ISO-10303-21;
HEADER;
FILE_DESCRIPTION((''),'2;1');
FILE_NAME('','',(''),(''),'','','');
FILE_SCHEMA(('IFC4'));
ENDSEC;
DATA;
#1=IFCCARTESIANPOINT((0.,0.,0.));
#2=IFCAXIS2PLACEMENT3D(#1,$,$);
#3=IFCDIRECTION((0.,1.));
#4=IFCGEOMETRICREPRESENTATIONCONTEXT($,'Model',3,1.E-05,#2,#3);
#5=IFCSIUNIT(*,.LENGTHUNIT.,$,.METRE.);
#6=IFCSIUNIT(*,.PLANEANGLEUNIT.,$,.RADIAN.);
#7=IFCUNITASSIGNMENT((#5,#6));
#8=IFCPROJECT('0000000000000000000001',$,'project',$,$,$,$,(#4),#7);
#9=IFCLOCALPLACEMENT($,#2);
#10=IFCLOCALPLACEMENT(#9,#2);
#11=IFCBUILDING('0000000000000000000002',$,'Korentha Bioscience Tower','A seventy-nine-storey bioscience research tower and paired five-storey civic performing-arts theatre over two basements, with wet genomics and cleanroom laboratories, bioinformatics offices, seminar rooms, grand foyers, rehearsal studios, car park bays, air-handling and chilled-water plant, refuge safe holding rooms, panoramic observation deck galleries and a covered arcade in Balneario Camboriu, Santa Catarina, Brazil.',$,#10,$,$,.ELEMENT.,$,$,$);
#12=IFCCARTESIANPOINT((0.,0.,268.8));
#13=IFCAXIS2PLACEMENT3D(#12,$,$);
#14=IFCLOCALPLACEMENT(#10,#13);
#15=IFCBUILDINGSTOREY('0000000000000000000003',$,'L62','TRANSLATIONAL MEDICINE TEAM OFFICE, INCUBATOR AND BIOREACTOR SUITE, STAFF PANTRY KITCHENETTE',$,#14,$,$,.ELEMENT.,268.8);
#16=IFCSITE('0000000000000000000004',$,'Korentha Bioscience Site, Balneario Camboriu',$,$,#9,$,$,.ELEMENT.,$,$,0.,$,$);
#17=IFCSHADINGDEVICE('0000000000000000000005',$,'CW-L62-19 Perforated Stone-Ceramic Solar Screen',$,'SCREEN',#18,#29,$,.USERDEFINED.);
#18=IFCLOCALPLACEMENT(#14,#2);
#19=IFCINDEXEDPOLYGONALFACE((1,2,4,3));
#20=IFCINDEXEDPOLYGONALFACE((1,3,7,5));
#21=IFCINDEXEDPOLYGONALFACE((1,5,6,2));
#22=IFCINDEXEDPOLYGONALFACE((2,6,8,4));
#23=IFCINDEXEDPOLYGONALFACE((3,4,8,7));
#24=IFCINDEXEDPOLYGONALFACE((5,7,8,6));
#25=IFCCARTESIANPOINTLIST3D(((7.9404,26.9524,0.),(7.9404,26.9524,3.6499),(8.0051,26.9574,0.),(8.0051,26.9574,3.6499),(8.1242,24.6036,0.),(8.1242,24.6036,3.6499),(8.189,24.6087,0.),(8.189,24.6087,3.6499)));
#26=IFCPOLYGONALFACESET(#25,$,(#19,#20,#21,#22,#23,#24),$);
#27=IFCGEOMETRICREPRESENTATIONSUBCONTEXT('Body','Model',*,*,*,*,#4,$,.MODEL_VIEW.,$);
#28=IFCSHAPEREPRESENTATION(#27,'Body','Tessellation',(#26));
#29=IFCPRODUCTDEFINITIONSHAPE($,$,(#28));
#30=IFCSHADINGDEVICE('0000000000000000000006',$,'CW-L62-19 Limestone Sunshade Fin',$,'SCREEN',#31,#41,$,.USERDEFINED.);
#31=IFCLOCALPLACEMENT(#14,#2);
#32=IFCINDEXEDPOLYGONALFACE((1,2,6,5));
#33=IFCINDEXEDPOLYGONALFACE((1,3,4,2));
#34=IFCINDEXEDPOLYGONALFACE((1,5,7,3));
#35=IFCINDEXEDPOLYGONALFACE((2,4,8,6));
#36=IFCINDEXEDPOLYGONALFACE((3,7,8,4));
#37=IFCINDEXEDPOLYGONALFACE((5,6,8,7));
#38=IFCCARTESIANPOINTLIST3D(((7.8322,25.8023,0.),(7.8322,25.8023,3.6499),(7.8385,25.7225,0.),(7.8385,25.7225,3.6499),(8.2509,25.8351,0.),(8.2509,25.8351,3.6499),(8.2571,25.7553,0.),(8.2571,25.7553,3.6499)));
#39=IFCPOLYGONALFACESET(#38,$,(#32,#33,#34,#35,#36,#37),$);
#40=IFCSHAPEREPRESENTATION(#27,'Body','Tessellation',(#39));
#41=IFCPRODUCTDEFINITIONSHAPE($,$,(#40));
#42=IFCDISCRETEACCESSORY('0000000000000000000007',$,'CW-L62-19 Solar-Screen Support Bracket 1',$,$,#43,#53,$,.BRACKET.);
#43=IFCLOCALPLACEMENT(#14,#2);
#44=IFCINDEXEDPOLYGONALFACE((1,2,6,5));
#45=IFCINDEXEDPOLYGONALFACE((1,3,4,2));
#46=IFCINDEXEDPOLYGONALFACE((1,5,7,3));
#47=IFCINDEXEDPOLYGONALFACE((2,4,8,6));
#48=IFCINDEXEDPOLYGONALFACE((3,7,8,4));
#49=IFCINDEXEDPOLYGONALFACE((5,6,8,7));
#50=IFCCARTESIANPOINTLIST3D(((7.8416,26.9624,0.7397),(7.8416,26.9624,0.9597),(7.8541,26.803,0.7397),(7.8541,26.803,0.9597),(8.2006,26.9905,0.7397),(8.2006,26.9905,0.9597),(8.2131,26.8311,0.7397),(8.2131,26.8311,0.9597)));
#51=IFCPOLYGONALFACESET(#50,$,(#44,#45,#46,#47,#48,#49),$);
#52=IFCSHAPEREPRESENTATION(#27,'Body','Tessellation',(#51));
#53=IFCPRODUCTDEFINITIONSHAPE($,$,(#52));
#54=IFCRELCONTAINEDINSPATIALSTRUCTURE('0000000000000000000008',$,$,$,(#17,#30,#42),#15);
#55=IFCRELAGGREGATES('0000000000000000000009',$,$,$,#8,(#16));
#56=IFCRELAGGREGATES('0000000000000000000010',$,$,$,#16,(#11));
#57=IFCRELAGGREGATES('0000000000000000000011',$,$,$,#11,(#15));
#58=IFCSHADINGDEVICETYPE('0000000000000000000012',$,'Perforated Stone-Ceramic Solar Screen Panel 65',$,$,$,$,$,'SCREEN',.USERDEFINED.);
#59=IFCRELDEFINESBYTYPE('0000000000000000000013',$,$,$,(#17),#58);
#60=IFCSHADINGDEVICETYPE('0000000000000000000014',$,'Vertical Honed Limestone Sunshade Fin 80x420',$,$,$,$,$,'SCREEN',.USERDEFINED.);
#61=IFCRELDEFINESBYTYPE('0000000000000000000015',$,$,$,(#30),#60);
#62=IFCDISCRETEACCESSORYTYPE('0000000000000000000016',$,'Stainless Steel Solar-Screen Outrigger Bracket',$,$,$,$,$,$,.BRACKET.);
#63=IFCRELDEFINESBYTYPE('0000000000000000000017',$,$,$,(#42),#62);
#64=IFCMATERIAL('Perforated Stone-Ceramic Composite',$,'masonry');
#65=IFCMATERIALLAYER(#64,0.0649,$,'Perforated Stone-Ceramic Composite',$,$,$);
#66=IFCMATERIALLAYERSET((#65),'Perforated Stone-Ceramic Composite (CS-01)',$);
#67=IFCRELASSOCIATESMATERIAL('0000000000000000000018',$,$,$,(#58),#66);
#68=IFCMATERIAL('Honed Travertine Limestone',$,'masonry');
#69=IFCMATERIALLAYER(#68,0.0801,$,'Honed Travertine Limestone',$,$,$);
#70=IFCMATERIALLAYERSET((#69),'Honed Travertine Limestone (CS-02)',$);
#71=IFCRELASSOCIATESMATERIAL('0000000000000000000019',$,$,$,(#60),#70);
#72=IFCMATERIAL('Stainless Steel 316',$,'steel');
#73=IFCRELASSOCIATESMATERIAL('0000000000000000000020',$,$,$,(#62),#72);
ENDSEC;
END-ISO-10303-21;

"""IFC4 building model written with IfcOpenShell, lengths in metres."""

from ifc_helpers import new_model, si_unit, direction, frame, origin, origin_2d, place, context, subcontext, project, spatial, rectangle, extrude, material, layer, layer_set, type_object, element, save


model = new_model("IFC4")

# Units and contexts
model_context = context("Model", 3, precision=1e-05, world=origin(), true_north=direction((0.0, 1.0)))
body_context = subcontext(model_context, "Body", "Model", "MODEL_VIEW")
ifc_project = project(units=[si_unit("LENGTHUNIT", "METRE"), si_unit("PLANEANGLEUNIT", "RADIAN")], contexts=[model_context])

# Site, building, storey
site_placement = place(None, origin())
site = spatial("IfcSite", under=ifc_project, at=site_placement, Name="Korentha Bioscience Site, Balneario Camboriu", CompositionType="ELEMENT", RefElevation=0.0)
building_placement = place(site_placement, origin())
building = spatial("IfcBuilding", under=site, at=building_placement, Name="Korentha Bioscience Tower", Description="A seventy-nine-storey bioscience research tower and paired five-storey civic performing-arts theatre over two basements, with wet genomics and cleanroom laboratories, bioinformatics offices, seminar rooms, grand foyers, rehearsal studios, car park bays, air-handling and chilled-water plant, refuge safe holding rooms, panoramic observation deck galleries and a covered arcade in Balneario Camboriu, Santa Catarina, Brazil.", CompositionType="ELEMENT")
storey_placement = place(building_placement, frame((0.0, 0.0, 268.8)))
storey = spatial("IfcBuildingStorey", under=building, at=storey_placement, Name="L62", Description="TRANSLATIONAL MEDICINE TEAM OFFICE, INCUBATOR AND BIOREACTOR SUITE, STAFF PANTRY KITCHENETTE", CompositionType="ELEMENT", Elevation=268.8)

# Shading devices
ifc_material_1 = material(Name="Perforated Stone-Ceramic Composite", Category="masonry")
ifc_layer_1 = layer(ifc_material_1, 0.0649, Name="Perforated Stone-Ceramic Composite")
ifc_layer_set_1 = layer_set([ifc_layer_1], Name="Perforated Stone-Ceramic Composite (CS-01)")
shading_device_type_1 = type_object("IfcShadingDeviceType", Name="Perforated Stone-Ceramic Solar Screen Panel 65", ElementType="SCREEN", PredefinedType="USERDEFINED", material=ifc_layer_set_1)
shading_device_1_placement = place(storey_placement, frame((8.0647, 25.7805, 0.0), z_axis=(0.0, 0.0, 1.0), x_axis=(0.078035, -0.996951, 0.0)))
element("IfcShadingDevice", 1, at=shading_device_1_placement, inside=storey, type_object=shading_device_type_1, Name="CW-L62-19 Perforated Stone-Ceramic Solar Screen", ObjectType="SCREEN", PredefinedType="USERDEFINED", context=body_context, shape_type="SweptSolid", body=[
    extrude(rectangle(XDim=2.356, YDim=0.0649, at=origin_2d()), origin(), (0.0, 0.0, 1.0), 3.6499),
])
ifc_material_2 = material(Name="Honed Travertine Limestone", Category="masonry")
ifc_layer_2 = layer(ifc_material_2, 0.0801, Name="Honed Travertine Limestone")
ifc_layer_set_2 = layer_set([ifc_layer_2], Name="Honed Travertine Limestone (CS-02)")
shading_device_type_2 = type_object("IfcShadingDeviceType", Name="Vertical Honed Limestone Sunshade Fin 80x420", ElementType="SCREEN", PredefinedType="USERDEFINED", material=ifc_layer_set_2)
shading_device_2_placement = place(storey_placement, frame((8.0447, 25.7788, 0.0), z_axis=(0.0, 0.0, 1.0), x_axis=(0.078035, -0.996951, 0.0)))
element("IfcShadingDevice", 2, at=shading_device_2_placement, inside=storey, type_object=shading_device_type_2, Name="CW-L62-19 Limestone Sunshade Fin", ObjectType="SCREEN", PredefinedType="USERDEFINED", context=body_context, shape_type="SweptSolid", body=[
    extrude(rectangle(XDim=0.0801, YDim=0.4199, at=origin_2d()), origin(), (0.0, 0.0, 1.0), 3.6499),
])

# Discrete accessory
ifc_material_3 = material(Name="Stainless Steel 316", Category="steel")
discrete_accessory_type = type_object("IfcDiscreteAccessoryType", Name="Stainless Steel Solar-Screen Outrigger Bracket", PredefinedType="BRACKET", material=ifc_material_3)
discrete_accessory_placement = place(storey_placement, frame((8.0273, 26.8967, 0.7397), z_axis=(0.0, 0.0, 1.0), x_axis=(0.078035, -0.996951, 0.0)))
element("IfcDiscreteAccessory", 3, at=discrete_accessory_placement, inside=storey, type_object=discrete_accessory_type, Name="CW-L62-19 Solar-Screen Support Bracket 1", PredefinedType="BRACKET", context=body_context, shape_type="SweptSolid", body=[
    extrude(rectangle(XDim=0.1599, YDim=0.3601, at=origin_2d()), origin(), (0.0, 0.0, 1.0), 0.22),
])

save(model, "model.ifc")
